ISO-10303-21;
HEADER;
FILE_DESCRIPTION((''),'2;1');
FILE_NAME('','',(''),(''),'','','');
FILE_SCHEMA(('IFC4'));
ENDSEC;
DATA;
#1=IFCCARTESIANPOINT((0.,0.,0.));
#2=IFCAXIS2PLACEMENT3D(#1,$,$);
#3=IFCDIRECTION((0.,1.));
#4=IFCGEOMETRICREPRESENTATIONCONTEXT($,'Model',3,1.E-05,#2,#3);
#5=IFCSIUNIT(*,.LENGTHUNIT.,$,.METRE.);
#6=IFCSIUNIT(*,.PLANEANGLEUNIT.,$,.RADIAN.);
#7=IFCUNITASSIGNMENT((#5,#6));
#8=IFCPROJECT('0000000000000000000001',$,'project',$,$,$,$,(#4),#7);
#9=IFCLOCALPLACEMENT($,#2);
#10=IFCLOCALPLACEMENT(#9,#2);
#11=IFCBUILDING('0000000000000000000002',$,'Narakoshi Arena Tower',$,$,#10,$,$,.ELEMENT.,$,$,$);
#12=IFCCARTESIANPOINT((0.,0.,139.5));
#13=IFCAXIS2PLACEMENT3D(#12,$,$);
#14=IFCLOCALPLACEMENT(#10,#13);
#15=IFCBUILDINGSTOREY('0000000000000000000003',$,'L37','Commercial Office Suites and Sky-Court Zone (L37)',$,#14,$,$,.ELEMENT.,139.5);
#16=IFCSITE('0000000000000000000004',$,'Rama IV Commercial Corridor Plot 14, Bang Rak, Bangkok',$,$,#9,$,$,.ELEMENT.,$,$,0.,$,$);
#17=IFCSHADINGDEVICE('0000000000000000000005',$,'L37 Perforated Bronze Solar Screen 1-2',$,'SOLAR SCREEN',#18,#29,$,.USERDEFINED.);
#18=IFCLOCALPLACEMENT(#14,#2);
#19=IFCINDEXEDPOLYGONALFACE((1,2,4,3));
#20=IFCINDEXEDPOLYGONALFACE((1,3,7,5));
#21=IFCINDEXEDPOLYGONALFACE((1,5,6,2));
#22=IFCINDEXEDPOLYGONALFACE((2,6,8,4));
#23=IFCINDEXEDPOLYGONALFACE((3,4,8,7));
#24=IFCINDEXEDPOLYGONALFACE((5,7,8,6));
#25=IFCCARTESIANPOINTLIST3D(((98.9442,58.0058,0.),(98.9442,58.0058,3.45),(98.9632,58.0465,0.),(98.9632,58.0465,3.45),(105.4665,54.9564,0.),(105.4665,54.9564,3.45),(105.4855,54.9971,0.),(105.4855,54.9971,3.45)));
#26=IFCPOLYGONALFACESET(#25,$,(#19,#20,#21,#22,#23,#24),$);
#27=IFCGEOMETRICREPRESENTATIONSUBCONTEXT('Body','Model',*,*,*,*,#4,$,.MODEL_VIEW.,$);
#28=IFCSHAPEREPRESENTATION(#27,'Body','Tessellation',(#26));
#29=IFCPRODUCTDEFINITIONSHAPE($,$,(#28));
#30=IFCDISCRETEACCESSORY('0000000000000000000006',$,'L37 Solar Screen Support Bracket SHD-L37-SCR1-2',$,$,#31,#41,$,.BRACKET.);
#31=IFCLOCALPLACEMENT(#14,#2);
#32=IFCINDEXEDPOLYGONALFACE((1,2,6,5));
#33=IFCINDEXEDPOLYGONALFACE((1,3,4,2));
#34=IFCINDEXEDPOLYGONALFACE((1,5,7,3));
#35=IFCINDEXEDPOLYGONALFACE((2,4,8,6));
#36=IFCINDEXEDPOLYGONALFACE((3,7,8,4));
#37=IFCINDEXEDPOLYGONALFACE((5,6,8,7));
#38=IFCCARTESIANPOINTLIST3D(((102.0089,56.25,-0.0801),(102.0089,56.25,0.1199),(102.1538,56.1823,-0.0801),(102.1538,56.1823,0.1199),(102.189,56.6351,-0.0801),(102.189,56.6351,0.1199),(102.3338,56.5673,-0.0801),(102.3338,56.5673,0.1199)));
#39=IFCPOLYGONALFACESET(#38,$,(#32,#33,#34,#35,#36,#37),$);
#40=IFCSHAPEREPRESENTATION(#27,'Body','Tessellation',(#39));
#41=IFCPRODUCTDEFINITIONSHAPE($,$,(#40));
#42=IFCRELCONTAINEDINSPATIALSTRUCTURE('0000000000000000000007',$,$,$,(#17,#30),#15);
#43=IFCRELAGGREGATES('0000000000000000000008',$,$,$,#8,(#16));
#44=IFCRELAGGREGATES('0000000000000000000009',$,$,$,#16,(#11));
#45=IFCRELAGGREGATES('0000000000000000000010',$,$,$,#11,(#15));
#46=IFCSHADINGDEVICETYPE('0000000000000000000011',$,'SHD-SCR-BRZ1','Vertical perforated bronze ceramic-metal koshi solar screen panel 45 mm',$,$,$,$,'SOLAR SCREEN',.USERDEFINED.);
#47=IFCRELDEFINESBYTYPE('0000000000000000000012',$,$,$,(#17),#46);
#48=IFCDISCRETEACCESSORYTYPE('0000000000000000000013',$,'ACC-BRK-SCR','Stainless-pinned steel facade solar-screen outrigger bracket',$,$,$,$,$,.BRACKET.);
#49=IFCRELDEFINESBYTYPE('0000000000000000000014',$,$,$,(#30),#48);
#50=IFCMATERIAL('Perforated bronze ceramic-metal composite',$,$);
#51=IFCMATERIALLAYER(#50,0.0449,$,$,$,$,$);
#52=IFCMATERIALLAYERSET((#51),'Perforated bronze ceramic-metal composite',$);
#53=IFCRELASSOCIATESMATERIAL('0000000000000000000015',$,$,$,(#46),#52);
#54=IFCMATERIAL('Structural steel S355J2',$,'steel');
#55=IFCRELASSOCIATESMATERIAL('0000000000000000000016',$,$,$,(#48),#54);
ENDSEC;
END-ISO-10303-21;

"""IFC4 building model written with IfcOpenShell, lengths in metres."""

from ifc_helpers import new_model, si_unit, direction, frame, origin, origin_2d, place, context, subcontext, project, spatial, rectangle, extrude, material, layer, layer_set, type_object, element, save


model = new_model("IFC4")

# Units and contexts
model_context = context("Model", 3, precision=1e-05, world=origin(), true_north=direction((0.0, 1.0)))
body_context = subcontext(model_context, "Body", "Model", "MODEL_VIEW")
ifc_project = project(units=[si_unit("LENGTHUNIT", "METRE"), si_unit("PLANEANGLEUNIT", "RADIAN")], contexts=[model_context])

# Site, building, storey
site_placement = place(None, origin())
site = spatial("IfcSite", under=ifc_project, at=site_placement, Name="Rama IV Commercial Corridor Plot 14, Bang Rak, Bangkok", CompositionType="ELEMENT", RefElevation=0.0)
building_placement = place(site_placement, origin())
building = spatial("IfcBuilding", under=site, at=building_placement, Name="Narakoshi Arena Tower", CompositionType="ELEMENT")
storey_placement = place(building_placement, frame((0.0, 0.0, 139.5)))
storey = spatial("IfcBuildingStorey", under=building, at=storey_placement, Name="L37", Description="Commercial Office Suites and Sky-Court Zone (L37)", CompositionType="ELEMENT", Elevation=139.5)

# Shared definitions
ifc_material_1 = material(Name="Structural steel S355J2", Category="steel")

# Shading device
ifc_material_2 = material(Name="Perforated bronze ceramic-metal composite")
ifc_layer_1 = layer(ifc_material_2, 0.0449)
ifc_layer_set_1 = layer_set([ifc_layer_1], Name="Perforated bronze ceramic-metal composite")
shading_device_type = type_object("IfcShadingDeviceType", Name="SHD-SCR-BRZ1", Description="Vertical perforated bronze ceramic-metal koshi solar screen panel 45 mm", ElementType="SOLAR SCREEN", PredefinedType="USERDEFINED", material=ifc_layer_set_1)
shading_device_placement = place(storey_placement, frame((102.2148, 56.5015, 0.0), z_axis=(0.0, 0.0, 1.0), x_axis=(-0.90588, 0.423535, 0.0)))
element("IfcShadingDevice", 1, at=shading_device_placement, inside=storey, type_object=shading_device_type, Name="L37 Perforated Bronze Solar Screen 1-2", ObjectType="SOLAR SCREEN", PredefinedType="USERDEFINED", context=body_context, shape_type="SweptSolid", body=[
    extrude(rectangle(XDim=7.2, YDim=0.0449, at=origin_2d()), origin(), (0.0, 0.0, 1.0), 3.45),
])

# Discrete accessory
discrete_accessory_type = type_object("IfcDiscreteAccessoryType", Name="ACC-BRK-SCR", Description="Stainless-pinned steel facade solar-screen outrigger bracket", PredefinedType="BRACKET", material=ifc_material_1)
discrete_accessory_placement = place(storey_placement, frame((102.1714, 56.4087, -0.0801), z_axis=(0.0, 0.0, 1.0), x_axis=(-0.90588, 0.423535, 0.0)))
element("IfcDiscreteAccessory", 2, at=discrete_accessory_placement, inside=storey, type_object=discrete_accessory_type, Name="L37 Solar Screen Support Bracket SHD-L37-SCR1-2", PredefinedType="BRACKET", context=body_context, shape_type="SweptSolid", body=[
    extrude(rectangle(XDim=0.1599, YDim=0.425, at=origin_2d()), origin(), (0.0, 0.0, 1.0), 0.2),
])

save(model, "model.ifc")
